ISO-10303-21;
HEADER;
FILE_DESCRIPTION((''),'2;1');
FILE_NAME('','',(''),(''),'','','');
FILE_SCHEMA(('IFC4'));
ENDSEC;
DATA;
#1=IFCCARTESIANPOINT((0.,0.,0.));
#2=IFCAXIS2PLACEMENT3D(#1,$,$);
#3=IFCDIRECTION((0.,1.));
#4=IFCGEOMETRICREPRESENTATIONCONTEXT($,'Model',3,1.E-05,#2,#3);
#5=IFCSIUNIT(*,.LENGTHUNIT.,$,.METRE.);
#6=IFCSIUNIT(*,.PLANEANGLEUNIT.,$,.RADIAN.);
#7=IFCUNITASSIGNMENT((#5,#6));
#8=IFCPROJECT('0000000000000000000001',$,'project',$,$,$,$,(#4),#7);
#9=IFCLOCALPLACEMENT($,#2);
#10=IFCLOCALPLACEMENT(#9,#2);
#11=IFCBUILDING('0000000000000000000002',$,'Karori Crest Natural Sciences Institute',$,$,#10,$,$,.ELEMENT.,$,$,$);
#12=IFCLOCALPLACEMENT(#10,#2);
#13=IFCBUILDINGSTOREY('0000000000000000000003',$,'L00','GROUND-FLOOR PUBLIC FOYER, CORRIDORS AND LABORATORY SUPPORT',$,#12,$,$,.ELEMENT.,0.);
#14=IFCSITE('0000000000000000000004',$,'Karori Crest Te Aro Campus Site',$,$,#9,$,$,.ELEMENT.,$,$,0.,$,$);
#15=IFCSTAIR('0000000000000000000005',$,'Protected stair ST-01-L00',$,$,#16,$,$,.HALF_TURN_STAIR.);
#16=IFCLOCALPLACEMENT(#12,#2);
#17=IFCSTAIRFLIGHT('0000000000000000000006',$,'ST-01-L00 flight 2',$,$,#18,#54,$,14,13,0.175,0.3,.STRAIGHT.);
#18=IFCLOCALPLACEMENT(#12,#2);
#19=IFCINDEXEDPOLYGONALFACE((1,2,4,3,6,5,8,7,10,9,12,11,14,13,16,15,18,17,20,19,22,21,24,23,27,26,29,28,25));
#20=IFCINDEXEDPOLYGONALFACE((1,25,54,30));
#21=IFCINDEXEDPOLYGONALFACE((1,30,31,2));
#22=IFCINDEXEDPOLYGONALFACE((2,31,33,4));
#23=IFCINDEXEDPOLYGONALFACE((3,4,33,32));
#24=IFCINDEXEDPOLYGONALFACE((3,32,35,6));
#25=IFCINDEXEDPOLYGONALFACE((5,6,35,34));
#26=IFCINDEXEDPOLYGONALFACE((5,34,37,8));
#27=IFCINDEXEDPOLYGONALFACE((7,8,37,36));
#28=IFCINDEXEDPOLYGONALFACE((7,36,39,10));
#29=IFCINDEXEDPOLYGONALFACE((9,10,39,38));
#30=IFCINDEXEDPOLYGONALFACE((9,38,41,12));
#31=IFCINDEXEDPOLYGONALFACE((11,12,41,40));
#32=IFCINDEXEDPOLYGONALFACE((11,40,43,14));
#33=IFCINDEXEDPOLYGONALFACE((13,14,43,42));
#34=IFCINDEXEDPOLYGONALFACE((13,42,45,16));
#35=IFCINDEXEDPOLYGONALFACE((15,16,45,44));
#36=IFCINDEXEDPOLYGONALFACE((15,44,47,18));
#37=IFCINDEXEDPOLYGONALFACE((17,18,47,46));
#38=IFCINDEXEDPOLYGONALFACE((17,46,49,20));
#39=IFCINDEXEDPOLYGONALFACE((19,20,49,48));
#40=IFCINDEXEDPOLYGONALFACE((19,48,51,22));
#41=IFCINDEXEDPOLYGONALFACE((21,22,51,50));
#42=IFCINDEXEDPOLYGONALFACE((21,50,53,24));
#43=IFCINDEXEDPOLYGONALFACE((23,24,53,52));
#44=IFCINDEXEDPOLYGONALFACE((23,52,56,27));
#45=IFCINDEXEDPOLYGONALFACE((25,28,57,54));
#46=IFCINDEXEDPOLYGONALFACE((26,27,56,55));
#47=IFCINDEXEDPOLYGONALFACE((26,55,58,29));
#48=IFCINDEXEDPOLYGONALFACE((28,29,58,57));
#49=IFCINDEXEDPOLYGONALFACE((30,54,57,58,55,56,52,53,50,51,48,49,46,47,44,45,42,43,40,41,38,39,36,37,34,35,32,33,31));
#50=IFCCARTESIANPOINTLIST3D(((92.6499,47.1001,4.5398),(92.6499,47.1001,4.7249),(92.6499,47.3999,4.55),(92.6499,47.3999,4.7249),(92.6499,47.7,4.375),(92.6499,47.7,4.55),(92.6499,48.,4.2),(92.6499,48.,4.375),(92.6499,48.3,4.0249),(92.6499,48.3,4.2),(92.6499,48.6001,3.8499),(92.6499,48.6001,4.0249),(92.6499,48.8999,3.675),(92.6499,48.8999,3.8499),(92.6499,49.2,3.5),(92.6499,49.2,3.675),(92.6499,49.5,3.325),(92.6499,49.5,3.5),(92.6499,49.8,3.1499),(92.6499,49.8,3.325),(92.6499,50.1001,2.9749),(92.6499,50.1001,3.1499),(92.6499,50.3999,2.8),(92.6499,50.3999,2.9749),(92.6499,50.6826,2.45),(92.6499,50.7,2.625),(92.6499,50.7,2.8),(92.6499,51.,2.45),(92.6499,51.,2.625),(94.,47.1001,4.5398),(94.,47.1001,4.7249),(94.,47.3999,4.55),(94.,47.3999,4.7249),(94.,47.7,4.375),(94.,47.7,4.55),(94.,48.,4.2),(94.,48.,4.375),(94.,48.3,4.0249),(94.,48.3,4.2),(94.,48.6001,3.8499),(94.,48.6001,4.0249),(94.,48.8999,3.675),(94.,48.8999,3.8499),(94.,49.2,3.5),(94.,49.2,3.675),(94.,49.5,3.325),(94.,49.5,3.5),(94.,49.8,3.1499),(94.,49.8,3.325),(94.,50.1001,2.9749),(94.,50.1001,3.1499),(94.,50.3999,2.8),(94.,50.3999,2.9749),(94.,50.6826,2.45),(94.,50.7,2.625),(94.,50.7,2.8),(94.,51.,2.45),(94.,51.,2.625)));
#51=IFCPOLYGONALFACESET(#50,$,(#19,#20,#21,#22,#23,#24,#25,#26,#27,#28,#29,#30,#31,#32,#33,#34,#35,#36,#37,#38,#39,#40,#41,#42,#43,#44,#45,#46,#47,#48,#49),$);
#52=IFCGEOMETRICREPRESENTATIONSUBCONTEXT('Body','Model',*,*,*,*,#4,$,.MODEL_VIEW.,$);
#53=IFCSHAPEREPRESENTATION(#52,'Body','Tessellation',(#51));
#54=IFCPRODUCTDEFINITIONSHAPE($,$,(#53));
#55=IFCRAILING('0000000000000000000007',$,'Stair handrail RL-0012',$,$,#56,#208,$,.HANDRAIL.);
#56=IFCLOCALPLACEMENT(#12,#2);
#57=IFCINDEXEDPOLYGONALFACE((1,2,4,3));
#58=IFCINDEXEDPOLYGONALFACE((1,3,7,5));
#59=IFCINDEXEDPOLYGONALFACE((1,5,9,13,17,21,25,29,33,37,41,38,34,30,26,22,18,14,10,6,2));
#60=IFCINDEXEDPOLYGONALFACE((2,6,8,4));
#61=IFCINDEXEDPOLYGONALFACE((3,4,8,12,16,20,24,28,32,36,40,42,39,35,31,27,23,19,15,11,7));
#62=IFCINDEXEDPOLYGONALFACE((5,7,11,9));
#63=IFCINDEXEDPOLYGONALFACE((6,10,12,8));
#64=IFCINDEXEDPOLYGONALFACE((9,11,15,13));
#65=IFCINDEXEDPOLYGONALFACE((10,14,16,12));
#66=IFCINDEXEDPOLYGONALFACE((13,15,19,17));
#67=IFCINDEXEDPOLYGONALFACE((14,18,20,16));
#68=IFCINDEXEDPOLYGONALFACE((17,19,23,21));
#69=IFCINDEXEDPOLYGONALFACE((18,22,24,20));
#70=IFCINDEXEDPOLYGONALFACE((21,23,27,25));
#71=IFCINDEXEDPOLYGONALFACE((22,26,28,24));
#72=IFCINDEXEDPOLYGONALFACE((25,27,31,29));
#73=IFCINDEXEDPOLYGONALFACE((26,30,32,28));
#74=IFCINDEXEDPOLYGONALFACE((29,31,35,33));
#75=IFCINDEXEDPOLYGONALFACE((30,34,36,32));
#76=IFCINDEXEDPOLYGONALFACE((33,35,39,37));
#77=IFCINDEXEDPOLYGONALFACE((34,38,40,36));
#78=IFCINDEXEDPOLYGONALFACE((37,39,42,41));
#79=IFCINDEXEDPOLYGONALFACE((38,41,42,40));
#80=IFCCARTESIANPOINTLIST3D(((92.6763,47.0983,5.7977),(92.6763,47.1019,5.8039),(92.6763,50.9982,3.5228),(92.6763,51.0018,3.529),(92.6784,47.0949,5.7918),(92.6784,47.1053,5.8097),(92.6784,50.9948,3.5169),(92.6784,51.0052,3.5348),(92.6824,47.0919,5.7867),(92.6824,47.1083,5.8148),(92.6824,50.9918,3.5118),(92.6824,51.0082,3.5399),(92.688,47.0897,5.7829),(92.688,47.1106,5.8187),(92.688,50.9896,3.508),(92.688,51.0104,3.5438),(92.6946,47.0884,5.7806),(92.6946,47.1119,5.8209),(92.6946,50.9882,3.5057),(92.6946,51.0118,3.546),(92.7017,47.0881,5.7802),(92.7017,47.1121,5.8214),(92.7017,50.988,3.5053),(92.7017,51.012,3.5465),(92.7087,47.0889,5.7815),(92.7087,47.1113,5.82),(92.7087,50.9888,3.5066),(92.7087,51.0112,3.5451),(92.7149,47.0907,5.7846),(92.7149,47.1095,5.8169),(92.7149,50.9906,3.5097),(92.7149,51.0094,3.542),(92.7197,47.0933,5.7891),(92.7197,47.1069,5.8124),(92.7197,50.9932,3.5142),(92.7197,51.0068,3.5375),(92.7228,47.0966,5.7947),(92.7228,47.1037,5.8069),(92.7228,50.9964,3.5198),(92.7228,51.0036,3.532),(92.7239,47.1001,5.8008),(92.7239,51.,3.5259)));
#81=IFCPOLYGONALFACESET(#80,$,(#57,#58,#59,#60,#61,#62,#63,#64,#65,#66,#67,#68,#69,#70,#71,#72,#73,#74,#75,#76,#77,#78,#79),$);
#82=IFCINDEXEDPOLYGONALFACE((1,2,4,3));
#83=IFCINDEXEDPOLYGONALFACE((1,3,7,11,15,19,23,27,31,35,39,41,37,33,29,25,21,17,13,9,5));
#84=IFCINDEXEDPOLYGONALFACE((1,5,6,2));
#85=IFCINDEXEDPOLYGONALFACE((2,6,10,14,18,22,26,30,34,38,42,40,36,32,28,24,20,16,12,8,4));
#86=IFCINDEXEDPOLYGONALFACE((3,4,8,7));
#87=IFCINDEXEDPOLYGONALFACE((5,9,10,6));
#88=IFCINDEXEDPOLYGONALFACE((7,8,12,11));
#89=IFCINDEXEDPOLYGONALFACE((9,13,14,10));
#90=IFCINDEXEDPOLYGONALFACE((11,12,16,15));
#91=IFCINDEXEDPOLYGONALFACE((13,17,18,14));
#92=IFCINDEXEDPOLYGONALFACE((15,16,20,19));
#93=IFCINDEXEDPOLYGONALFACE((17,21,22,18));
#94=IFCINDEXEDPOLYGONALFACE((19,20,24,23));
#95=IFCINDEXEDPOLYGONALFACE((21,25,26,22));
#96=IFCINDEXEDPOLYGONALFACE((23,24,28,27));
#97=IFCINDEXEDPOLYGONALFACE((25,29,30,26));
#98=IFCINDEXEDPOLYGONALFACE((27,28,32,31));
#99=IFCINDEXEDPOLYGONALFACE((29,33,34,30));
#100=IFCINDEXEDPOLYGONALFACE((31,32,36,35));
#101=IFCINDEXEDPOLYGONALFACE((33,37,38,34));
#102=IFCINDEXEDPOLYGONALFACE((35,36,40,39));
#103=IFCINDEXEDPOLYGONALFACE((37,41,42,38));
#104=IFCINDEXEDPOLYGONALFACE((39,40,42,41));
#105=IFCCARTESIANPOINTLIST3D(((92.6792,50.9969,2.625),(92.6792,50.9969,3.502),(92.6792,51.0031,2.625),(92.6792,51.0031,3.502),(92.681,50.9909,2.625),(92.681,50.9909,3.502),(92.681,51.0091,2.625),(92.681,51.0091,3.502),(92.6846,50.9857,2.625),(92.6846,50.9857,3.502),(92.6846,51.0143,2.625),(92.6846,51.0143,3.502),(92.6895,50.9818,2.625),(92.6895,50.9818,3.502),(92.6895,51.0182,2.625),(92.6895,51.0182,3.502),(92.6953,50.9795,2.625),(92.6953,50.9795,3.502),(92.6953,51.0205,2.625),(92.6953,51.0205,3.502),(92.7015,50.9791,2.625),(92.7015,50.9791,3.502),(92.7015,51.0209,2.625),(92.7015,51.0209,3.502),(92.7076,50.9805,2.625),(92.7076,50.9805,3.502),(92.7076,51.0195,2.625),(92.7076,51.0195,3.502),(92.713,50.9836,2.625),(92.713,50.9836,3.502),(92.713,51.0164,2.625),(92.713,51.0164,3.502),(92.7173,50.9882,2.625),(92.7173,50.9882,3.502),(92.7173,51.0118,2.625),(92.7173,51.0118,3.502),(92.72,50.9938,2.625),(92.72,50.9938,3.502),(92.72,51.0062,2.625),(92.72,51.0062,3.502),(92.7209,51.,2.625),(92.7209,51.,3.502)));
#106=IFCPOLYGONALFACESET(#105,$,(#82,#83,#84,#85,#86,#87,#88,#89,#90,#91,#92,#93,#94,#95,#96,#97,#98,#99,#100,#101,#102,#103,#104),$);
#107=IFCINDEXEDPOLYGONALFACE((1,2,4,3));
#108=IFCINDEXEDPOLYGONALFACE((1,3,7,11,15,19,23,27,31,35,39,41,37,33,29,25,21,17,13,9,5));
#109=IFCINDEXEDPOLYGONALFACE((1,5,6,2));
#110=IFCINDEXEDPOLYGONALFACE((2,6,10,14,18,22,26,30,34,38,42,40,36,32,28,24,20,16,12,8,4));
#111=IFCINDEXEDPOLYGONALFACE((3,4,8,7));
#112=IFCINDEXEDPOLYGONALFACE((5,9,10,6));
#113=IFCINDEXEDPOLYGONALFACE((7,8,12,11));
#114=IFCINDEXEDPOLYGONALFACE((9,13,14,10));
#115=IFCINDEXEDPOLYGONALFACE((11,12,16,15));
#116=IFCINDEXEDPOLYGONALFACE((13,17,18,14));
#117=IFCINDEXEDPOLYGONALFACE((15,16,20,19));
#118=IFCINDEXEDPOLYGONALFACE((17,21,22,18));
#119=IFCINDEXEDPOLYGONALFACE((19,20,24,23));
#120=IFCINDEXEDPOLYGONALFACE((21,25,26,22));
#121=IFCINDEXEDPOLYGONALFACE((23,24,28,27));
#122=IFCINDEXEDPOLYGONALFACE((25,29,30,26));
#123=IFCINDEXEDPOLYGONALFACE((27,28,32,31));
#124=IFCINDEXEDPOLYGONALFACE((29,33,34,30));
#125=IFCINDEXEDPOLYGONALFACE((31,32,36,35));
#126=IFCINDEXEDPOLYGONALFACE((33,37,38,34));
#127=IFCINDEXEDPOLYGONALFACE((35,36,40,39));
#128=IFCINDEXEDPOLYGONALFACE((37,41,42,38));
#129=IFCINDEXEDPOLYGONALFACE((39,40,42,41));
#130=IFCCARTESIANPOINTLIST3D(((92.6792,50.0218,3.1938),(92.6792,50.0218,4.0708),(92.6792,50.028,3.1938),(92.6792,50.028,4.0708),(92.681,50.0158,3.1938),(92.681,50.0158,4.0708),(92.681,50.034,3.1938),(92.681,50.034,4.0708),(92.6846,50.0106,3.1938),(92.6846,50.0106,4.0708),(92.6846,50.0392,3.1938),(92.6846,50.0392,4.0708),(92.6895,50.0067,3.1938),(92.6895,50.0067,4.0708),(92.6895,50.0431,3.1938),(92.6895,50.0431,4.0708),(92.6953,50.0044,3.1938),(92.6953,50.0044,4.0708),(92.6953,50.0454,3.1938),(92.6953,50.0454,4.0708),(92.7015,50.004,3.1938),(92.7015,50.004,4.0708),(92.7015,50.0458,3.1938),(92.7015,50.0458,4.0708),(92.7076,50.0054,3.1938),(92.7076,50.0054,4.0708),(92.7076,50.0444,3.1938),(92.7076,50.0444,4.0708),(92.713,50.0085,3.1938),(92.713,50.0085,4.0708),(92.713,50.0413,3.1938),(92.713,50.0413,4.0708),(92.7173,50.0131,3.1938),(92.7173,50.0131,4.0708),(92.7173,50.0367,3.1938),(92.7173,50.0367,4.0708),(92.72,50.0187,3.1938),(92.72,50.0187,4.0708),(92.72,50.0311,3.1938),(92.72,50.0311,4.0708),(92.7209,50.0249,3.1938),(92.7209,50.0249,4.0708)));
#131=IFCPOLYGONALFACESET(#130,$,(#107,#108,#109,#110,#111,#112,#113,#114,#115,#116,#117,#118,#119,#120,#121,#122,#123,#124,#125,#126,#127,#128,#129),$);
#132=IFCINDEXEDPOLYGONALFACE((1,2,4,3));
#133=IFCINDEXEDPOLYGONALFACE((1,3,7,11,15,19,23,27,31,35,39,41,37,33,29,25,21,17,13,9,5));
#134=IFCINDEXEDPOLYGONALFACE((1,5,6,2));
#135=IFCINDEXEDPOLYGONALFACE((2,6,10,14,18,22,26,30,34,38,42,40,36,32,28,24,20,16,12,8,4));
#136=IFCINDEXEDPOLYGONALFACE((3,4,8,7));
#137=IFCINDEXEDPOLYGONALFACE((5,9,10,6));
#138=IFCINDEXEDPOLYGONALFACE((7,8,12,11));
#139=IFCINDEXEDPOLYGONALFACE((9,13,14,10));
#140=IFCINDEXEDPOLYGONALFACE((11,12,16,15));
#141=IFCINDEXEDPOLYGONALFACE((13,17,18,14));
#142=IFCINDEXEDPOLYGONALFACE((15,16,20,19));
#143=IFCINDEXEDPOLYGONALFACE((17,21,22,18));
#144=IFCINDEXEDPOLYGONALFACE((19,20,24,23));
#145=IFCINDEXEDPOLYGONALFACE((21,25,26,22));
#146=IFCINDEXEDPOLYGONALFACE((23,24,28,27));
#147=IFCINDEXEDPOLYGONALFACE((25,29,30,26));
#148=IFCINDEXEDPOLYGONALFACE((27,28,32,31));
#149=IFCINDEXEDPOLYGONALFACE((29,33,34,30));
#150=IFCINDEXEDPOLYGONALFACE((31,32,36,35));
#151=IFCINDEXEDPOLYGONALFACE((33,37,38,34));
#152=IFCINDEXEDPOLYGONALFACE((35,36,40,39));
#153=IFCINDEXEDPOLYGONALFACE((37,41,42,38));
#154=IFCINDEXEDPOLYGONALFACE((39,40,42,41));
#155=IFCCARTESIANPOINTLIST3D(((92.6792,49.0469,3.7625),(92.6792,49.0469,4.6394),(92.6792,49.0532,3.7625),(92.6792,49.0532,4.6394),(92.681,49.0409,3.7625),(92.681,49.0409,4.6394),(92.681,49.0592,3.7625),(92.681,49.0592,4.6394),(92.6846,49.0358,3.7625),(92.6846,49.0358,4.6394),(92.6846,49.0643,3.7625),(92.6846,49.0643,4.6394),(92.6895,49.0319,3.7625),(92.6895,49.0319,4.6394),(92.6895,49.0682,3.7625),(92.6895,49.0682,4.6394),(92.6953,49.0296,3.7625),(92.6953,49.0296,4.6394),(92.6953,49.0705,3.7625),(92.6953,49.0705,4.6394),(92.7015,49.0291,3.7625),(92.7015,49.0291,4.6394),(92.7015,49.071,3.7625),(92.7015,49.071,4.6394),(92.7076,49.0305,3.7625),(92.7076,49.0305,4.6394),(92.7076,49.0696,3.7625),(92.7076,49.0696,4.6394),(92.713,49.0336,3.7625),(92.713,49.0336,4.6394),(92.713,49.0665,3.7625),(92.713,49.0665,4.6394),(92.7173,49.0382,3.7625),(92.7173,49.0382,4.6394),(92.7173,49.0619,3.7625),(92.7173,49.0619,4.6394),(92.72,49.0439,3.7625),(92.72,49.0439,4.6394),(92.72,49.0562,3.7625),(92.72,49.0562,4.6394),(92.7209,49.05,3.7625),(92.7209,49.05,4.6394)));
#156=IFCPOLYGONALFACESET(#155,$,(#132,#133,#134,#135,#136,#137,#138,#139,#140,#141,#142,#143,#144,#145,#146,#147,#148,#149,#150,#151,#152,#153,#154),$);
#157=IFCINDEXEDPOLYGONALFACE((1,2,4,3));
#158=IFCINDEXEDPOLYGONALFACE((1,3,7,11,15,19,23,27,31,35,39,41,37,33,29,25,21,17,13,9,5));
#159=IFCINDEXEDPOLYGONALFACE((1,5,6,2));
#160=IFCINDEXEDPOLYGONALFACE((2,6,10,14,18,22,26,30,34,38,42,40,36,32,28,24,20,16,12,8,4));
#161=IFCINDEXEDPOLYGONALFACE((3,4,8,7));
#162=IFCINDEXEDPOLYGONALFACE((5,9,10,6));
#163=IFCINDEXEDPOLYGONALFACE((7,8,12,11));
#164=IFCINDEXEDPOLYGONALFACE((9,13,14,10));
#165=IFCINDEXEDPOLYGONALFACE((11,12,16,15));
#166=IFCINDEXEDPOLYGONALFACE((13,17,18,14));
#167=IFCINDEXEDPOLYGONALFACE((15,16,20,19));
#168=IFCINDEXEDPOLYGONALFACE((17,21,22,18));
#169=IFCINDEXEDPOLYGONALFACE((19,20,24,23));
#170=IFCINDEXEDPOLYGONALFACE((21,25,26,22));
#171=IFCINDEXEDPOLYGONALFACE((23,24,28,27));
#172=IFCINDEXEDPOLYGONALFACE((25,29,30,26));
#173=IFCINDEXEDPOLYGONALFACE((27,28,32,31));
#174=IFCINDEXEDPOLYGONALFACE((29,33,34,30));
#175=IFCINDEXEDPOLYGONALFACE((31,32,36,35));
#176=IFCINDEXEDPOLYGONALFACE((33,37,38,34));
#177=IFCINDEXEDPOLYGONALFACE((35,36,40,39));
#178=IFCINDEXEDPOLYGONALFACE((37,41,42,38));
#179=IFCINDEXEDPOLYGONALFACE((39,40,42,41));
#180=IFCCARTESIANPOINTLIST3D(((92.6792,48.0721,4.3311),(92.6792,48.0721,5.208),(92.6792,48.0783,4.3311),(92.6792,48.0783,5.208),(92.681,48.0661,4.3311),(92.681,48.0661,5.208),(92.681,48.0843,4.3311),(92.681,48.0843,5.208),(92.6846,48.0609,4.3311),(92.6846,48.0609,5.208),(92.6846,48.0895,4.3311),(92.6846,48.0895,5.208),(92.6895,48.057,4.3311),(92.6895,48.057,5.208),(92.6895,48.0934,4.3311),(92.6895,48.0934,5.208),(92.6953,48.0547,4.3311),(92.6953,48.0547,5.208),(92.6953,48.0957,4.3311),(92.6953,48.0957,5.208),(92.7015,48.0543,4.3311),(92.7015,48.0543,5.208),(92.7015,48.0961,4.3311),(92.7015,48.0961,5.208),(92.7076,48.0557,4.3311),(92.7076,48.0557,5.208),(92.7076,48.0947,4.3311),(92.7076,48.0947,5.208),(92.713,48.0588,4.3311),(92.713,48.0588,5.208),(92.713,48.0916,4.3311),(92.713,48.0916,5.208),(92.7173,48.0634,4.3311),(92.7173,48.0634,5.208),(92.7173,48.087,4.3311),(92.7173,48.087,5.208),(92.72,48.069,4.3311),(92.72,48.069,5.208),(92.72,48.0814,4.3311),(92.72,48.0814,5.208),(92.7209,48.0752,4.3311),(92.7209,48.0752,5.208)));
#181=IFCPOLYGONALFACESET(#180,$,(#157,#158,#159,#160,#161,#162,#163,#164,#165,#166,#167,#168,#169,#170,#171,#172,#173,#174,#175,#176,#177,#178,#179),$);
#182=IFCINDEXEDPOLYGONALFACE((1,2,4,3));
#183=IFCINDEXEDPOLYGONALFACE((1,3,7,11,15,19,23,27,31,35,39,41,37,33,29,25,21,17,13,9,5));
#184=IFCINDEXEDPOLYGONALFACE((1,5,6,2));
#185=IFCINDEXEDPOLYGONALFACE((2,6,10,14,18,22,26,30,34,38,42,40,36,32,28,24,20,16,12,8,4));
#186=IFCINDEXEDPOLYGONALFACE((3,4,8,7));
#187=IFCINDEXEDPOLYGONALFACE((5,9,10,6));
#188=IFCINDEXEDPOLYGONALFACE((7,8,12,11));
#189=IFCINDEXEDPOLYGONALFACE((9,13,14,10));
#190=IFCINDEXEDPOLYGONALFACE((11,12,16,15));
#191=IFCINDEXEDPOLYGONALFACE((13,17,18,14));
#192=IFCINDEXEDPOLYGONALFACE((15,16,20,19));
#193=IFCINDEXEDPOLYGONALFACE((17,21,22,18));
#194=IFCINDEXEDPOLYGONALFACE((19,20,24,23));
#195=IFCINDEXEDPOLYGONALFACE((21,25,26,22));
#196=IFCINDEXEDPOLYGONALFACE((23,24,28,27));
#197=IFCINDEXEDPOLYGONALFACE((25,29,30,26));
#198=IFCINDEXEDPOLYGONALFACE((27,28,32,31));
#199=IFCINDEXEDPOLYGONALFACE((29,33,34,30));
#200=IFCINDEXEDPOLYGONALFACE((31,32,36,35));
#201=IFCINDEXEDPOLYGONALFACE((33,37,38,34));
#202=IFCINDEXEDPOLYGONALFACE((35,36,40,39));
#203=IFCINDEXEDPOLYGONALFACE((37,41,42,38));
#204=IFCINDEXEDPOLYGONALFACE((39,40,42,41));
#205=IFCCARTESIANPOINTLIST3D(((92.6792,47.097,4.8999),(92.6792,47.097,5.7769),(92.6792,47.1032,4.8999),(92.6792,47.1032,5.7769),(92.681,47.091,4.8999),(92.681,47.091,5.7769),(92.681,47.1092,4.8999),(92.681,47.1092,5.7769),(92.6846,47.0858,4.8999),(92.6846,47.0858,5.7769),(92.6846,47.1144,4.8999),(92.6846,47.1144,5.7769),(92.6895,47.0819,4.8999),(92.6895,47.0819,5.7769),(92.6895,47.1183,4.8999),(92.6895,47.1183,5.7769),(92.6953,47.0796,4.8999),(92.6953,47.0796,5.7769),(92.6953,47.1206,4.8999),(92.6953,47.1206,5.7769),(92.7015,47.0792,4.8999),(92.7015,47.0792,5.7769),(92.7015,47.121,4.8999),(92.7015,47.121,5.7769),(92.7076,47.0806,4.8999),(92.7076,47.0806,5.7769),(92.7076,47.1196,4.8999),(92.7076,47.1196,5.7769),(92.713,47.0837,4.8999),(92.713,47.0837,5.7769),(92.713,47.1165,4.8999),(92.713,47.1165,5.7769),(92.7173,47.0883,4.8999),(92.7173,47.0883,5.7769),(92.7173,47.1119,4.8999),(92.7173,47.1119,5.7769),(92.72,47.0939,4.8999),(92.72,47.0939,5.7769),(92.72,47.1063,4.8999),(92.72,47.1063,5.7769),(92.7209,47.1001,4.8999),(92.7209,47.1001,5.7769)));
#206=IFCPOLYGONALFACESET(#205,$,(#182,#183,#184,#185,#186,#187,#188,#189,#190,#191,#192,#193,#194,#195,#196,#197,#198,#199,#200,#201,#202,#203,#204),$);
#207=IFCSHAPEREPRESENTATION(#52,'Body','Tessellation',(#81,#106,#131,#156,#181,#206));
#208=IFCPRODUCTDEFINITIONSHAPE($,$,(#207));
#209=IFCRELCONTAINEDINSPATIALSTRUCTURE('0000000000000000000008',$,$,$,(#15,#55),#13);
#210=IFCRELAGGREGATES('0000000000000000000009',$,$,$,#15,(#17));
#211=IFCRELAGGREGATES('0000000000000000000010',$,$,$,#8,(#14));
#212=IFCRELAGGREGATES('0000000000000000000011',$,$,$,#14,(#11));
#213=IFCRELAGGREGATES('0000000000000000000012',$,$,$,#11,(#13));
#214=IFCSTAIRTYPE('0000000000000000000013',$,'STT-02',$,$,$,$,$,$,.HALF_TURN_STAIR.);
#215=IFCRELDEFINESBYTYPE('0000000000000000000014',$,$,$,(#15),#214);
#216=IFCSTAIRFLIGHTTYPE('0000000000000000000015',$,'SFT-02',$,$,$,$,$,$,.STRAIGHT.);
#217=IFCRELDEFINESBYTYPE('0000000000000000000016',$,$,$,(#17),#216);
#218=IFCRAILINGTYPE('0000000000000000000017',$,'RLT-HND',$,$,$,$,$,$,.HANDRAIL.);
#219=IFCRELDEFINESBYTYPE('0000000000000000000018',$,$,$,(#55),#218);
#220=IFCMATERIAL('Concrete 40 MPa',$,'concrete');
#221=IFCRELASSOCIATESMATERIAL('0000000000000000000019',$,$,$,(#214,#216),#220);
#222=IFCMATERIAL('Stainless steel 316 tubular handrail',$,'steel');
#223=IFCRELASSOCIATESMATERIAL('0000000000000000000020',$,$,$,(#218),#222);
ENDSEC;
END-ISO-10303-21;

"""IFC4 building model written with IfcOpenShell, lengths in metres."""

from ifc_helpers import new_model, si_unit, direction, frame, origin, origin_2d, place, context, subcontext, project, spatial, polyline, circle, outline, extrude, material, type_object, element, aggregate, save


model = new_model("IFC4")

# Units and contexts
model_context = context("Model", 3, precision=1e-05, world=origin(), true_north=direction((0.0, 1.0)))
body_context = subcontext(model_context, "Body", "Model", "MODEL_VIEW")
ifc_project = project(units=[si_unit("LENGTHUNIT", "METRE"), si_unit("PLANEANGLEUNIT", "RADIAN")], contexts=[model_context])

# Site, building, storey
site_placement = place(None, origin())
site = spatial("IfcSite", under=ifc_project, at=site_placement, Name="Karori Crest Te Aro Campus Site", CompositionType="ELEMENT", RefElevation=0.0)
building_placement = place(site_placement, origin())
building = spatial("IfcBuilding", under=site, at=building_placement, Name="Karori Crest Natural Sciences Institute", CompositionType="ELEMENT")
storey_placement = place(building_placement, origin())
storey = spatial("IfcBuildingStorey", under=building, at=storey_placement, Name="L00", Description="GROUND-FLOOR PUBLIC FOYER, CORRIDORS AND LABORATORY SUPPORT", CompositionType="ELEMENT", Elevation=0.0)

# Stair, stair flight
ifc_material_1 = material(Name="Concrete 40 MPa", Category="concrete")
stair_type = type_object("IfcStairType", Name="STT-02", PredefinedType="HALF_TURN_STAIR", material=ifc_material_1)
stair_placement = place(storey_placement, origin())
stair = element("IfcStair", 1, at=stair_placement, inside=storey, type_object=stair_type, Name="Protected stair ST-01-L00", PredefinedType="HALF_TURN_STAIR")
stair_flight_type = type_object("IfcStairFlightType", Name="SFT-02", PredefinedType="STRAIGHT", material=ifc_material_1)
stair_flight_placement = place(storey_placement, frame((93.325, 51.0, 2.45), z_axis=(0.0, 0.0, 1.0), x_axis=(0.0, -1.0, 0.0)))
stair_flight = element("IfcStairFlight", 2, at=stair_flight_placement, type_object=stair_flight_type, Name="ST-01-L00 flight 2", NumberOfRisers=14, NumberOfTreads=13, PredefinedType="STRAIGHT", RiserHeight=0.175, TreadLength=0.3, context=body_context, shape_type="SweptSolid", body=[
    extrude(outline(polyline([(0.0, 0.0), (0.0, 0.175), (0.3, 0.175), (0.3, 0.3501), (0.6001, 0.3501), (0.6001, 0.5249), (0.8999, 0.5249), (0.8999, 0.7), (1.2, 0.7), (1.2, 0.875), (1.5, 0.875), (1.5, 1.05), (1.8, 1.05), (1.8, 1.2251), (2.1001, 1.2251), (2.1001, 1.3999), (2.3999, 1.3999), (2.3999, 1.575), (2.7, 1.575), (2.7, 1.75), (3.0, 1.75), (3.0, 1.925), (3.3, 1.925), (3.3, 2.1001), (3.6001, 2.1001), (3.6001, 2.2749), (3.8999, 2.2749), (3.8999, 2.45), (3.8999, 2.0898), (0.3174, 0.0), (0.0, 0.0)])), frame((0.0, 0.675, 0.0), z_axis=(0.0, -1.0, 0.0), x_axis=(1.0, 0.0, 0.0)), (0.0, 0.0, 1.0), 1.3501),
])
aggregate(stair, [stair_flight])

# Railing
ifc_material_2 = material(Name="Stainless steel 316 tubular handrail", Category="steel")
railing_type_1 = type_object("IfcRailingType", Name="RLT-HND", PredefinedType="HANDRAIL", material=ifc_material_2)
railing_1_placement = place(storey_placement, frame((92.7, 51.0, 2.625)))
element("IfcRailing", 3, at=railing_1_placement, inside=storey, type_object=railing_type_1, Name="Stair handrail RL-0012", PredefinedType="HANDRAIL", context=body_context, shape_type="SweptSolid", body=[
    extrude(circle(Radius=0.0239, at=origin_2d()), frame((0.0, 0.0, 0.9009), z_axis=(0.0, -0.863783, 0.503864), x_axis=(1.0, 0.0, 0.0)), (0.0, 0.0, 1.0), 4.5149),
    extrude(circle(Radius=0.021, at=origin_2d()), origin(), (0.0, 0.0, 1.0), 0.877),
    extrude(circle(Radius=0.021, at=origin_2d()), frame((0.0, -0.9751, 0.5688)), (0.0, 0.0, 1.0), 0.877),
    extrude(circle(Radius=0.021, at=origin_2d()), frame((0.0, -1.95, 1.1375)), (0.0, 0.0, 1.0), 0.877),
    extrude(circle(Radius=0.021, at=origin_2d()), frame((0.0, -2.9248, 1.7061)), (0.0, 0.0, 1.0), 0.877),
    extrude(circle(Radius=0.021, at=origin_2d()), frame((0.0, -3.8999, 2.2749)), (0.0, 0.0, 1.0), 0.877),
])

save(model, "model.ifc")
